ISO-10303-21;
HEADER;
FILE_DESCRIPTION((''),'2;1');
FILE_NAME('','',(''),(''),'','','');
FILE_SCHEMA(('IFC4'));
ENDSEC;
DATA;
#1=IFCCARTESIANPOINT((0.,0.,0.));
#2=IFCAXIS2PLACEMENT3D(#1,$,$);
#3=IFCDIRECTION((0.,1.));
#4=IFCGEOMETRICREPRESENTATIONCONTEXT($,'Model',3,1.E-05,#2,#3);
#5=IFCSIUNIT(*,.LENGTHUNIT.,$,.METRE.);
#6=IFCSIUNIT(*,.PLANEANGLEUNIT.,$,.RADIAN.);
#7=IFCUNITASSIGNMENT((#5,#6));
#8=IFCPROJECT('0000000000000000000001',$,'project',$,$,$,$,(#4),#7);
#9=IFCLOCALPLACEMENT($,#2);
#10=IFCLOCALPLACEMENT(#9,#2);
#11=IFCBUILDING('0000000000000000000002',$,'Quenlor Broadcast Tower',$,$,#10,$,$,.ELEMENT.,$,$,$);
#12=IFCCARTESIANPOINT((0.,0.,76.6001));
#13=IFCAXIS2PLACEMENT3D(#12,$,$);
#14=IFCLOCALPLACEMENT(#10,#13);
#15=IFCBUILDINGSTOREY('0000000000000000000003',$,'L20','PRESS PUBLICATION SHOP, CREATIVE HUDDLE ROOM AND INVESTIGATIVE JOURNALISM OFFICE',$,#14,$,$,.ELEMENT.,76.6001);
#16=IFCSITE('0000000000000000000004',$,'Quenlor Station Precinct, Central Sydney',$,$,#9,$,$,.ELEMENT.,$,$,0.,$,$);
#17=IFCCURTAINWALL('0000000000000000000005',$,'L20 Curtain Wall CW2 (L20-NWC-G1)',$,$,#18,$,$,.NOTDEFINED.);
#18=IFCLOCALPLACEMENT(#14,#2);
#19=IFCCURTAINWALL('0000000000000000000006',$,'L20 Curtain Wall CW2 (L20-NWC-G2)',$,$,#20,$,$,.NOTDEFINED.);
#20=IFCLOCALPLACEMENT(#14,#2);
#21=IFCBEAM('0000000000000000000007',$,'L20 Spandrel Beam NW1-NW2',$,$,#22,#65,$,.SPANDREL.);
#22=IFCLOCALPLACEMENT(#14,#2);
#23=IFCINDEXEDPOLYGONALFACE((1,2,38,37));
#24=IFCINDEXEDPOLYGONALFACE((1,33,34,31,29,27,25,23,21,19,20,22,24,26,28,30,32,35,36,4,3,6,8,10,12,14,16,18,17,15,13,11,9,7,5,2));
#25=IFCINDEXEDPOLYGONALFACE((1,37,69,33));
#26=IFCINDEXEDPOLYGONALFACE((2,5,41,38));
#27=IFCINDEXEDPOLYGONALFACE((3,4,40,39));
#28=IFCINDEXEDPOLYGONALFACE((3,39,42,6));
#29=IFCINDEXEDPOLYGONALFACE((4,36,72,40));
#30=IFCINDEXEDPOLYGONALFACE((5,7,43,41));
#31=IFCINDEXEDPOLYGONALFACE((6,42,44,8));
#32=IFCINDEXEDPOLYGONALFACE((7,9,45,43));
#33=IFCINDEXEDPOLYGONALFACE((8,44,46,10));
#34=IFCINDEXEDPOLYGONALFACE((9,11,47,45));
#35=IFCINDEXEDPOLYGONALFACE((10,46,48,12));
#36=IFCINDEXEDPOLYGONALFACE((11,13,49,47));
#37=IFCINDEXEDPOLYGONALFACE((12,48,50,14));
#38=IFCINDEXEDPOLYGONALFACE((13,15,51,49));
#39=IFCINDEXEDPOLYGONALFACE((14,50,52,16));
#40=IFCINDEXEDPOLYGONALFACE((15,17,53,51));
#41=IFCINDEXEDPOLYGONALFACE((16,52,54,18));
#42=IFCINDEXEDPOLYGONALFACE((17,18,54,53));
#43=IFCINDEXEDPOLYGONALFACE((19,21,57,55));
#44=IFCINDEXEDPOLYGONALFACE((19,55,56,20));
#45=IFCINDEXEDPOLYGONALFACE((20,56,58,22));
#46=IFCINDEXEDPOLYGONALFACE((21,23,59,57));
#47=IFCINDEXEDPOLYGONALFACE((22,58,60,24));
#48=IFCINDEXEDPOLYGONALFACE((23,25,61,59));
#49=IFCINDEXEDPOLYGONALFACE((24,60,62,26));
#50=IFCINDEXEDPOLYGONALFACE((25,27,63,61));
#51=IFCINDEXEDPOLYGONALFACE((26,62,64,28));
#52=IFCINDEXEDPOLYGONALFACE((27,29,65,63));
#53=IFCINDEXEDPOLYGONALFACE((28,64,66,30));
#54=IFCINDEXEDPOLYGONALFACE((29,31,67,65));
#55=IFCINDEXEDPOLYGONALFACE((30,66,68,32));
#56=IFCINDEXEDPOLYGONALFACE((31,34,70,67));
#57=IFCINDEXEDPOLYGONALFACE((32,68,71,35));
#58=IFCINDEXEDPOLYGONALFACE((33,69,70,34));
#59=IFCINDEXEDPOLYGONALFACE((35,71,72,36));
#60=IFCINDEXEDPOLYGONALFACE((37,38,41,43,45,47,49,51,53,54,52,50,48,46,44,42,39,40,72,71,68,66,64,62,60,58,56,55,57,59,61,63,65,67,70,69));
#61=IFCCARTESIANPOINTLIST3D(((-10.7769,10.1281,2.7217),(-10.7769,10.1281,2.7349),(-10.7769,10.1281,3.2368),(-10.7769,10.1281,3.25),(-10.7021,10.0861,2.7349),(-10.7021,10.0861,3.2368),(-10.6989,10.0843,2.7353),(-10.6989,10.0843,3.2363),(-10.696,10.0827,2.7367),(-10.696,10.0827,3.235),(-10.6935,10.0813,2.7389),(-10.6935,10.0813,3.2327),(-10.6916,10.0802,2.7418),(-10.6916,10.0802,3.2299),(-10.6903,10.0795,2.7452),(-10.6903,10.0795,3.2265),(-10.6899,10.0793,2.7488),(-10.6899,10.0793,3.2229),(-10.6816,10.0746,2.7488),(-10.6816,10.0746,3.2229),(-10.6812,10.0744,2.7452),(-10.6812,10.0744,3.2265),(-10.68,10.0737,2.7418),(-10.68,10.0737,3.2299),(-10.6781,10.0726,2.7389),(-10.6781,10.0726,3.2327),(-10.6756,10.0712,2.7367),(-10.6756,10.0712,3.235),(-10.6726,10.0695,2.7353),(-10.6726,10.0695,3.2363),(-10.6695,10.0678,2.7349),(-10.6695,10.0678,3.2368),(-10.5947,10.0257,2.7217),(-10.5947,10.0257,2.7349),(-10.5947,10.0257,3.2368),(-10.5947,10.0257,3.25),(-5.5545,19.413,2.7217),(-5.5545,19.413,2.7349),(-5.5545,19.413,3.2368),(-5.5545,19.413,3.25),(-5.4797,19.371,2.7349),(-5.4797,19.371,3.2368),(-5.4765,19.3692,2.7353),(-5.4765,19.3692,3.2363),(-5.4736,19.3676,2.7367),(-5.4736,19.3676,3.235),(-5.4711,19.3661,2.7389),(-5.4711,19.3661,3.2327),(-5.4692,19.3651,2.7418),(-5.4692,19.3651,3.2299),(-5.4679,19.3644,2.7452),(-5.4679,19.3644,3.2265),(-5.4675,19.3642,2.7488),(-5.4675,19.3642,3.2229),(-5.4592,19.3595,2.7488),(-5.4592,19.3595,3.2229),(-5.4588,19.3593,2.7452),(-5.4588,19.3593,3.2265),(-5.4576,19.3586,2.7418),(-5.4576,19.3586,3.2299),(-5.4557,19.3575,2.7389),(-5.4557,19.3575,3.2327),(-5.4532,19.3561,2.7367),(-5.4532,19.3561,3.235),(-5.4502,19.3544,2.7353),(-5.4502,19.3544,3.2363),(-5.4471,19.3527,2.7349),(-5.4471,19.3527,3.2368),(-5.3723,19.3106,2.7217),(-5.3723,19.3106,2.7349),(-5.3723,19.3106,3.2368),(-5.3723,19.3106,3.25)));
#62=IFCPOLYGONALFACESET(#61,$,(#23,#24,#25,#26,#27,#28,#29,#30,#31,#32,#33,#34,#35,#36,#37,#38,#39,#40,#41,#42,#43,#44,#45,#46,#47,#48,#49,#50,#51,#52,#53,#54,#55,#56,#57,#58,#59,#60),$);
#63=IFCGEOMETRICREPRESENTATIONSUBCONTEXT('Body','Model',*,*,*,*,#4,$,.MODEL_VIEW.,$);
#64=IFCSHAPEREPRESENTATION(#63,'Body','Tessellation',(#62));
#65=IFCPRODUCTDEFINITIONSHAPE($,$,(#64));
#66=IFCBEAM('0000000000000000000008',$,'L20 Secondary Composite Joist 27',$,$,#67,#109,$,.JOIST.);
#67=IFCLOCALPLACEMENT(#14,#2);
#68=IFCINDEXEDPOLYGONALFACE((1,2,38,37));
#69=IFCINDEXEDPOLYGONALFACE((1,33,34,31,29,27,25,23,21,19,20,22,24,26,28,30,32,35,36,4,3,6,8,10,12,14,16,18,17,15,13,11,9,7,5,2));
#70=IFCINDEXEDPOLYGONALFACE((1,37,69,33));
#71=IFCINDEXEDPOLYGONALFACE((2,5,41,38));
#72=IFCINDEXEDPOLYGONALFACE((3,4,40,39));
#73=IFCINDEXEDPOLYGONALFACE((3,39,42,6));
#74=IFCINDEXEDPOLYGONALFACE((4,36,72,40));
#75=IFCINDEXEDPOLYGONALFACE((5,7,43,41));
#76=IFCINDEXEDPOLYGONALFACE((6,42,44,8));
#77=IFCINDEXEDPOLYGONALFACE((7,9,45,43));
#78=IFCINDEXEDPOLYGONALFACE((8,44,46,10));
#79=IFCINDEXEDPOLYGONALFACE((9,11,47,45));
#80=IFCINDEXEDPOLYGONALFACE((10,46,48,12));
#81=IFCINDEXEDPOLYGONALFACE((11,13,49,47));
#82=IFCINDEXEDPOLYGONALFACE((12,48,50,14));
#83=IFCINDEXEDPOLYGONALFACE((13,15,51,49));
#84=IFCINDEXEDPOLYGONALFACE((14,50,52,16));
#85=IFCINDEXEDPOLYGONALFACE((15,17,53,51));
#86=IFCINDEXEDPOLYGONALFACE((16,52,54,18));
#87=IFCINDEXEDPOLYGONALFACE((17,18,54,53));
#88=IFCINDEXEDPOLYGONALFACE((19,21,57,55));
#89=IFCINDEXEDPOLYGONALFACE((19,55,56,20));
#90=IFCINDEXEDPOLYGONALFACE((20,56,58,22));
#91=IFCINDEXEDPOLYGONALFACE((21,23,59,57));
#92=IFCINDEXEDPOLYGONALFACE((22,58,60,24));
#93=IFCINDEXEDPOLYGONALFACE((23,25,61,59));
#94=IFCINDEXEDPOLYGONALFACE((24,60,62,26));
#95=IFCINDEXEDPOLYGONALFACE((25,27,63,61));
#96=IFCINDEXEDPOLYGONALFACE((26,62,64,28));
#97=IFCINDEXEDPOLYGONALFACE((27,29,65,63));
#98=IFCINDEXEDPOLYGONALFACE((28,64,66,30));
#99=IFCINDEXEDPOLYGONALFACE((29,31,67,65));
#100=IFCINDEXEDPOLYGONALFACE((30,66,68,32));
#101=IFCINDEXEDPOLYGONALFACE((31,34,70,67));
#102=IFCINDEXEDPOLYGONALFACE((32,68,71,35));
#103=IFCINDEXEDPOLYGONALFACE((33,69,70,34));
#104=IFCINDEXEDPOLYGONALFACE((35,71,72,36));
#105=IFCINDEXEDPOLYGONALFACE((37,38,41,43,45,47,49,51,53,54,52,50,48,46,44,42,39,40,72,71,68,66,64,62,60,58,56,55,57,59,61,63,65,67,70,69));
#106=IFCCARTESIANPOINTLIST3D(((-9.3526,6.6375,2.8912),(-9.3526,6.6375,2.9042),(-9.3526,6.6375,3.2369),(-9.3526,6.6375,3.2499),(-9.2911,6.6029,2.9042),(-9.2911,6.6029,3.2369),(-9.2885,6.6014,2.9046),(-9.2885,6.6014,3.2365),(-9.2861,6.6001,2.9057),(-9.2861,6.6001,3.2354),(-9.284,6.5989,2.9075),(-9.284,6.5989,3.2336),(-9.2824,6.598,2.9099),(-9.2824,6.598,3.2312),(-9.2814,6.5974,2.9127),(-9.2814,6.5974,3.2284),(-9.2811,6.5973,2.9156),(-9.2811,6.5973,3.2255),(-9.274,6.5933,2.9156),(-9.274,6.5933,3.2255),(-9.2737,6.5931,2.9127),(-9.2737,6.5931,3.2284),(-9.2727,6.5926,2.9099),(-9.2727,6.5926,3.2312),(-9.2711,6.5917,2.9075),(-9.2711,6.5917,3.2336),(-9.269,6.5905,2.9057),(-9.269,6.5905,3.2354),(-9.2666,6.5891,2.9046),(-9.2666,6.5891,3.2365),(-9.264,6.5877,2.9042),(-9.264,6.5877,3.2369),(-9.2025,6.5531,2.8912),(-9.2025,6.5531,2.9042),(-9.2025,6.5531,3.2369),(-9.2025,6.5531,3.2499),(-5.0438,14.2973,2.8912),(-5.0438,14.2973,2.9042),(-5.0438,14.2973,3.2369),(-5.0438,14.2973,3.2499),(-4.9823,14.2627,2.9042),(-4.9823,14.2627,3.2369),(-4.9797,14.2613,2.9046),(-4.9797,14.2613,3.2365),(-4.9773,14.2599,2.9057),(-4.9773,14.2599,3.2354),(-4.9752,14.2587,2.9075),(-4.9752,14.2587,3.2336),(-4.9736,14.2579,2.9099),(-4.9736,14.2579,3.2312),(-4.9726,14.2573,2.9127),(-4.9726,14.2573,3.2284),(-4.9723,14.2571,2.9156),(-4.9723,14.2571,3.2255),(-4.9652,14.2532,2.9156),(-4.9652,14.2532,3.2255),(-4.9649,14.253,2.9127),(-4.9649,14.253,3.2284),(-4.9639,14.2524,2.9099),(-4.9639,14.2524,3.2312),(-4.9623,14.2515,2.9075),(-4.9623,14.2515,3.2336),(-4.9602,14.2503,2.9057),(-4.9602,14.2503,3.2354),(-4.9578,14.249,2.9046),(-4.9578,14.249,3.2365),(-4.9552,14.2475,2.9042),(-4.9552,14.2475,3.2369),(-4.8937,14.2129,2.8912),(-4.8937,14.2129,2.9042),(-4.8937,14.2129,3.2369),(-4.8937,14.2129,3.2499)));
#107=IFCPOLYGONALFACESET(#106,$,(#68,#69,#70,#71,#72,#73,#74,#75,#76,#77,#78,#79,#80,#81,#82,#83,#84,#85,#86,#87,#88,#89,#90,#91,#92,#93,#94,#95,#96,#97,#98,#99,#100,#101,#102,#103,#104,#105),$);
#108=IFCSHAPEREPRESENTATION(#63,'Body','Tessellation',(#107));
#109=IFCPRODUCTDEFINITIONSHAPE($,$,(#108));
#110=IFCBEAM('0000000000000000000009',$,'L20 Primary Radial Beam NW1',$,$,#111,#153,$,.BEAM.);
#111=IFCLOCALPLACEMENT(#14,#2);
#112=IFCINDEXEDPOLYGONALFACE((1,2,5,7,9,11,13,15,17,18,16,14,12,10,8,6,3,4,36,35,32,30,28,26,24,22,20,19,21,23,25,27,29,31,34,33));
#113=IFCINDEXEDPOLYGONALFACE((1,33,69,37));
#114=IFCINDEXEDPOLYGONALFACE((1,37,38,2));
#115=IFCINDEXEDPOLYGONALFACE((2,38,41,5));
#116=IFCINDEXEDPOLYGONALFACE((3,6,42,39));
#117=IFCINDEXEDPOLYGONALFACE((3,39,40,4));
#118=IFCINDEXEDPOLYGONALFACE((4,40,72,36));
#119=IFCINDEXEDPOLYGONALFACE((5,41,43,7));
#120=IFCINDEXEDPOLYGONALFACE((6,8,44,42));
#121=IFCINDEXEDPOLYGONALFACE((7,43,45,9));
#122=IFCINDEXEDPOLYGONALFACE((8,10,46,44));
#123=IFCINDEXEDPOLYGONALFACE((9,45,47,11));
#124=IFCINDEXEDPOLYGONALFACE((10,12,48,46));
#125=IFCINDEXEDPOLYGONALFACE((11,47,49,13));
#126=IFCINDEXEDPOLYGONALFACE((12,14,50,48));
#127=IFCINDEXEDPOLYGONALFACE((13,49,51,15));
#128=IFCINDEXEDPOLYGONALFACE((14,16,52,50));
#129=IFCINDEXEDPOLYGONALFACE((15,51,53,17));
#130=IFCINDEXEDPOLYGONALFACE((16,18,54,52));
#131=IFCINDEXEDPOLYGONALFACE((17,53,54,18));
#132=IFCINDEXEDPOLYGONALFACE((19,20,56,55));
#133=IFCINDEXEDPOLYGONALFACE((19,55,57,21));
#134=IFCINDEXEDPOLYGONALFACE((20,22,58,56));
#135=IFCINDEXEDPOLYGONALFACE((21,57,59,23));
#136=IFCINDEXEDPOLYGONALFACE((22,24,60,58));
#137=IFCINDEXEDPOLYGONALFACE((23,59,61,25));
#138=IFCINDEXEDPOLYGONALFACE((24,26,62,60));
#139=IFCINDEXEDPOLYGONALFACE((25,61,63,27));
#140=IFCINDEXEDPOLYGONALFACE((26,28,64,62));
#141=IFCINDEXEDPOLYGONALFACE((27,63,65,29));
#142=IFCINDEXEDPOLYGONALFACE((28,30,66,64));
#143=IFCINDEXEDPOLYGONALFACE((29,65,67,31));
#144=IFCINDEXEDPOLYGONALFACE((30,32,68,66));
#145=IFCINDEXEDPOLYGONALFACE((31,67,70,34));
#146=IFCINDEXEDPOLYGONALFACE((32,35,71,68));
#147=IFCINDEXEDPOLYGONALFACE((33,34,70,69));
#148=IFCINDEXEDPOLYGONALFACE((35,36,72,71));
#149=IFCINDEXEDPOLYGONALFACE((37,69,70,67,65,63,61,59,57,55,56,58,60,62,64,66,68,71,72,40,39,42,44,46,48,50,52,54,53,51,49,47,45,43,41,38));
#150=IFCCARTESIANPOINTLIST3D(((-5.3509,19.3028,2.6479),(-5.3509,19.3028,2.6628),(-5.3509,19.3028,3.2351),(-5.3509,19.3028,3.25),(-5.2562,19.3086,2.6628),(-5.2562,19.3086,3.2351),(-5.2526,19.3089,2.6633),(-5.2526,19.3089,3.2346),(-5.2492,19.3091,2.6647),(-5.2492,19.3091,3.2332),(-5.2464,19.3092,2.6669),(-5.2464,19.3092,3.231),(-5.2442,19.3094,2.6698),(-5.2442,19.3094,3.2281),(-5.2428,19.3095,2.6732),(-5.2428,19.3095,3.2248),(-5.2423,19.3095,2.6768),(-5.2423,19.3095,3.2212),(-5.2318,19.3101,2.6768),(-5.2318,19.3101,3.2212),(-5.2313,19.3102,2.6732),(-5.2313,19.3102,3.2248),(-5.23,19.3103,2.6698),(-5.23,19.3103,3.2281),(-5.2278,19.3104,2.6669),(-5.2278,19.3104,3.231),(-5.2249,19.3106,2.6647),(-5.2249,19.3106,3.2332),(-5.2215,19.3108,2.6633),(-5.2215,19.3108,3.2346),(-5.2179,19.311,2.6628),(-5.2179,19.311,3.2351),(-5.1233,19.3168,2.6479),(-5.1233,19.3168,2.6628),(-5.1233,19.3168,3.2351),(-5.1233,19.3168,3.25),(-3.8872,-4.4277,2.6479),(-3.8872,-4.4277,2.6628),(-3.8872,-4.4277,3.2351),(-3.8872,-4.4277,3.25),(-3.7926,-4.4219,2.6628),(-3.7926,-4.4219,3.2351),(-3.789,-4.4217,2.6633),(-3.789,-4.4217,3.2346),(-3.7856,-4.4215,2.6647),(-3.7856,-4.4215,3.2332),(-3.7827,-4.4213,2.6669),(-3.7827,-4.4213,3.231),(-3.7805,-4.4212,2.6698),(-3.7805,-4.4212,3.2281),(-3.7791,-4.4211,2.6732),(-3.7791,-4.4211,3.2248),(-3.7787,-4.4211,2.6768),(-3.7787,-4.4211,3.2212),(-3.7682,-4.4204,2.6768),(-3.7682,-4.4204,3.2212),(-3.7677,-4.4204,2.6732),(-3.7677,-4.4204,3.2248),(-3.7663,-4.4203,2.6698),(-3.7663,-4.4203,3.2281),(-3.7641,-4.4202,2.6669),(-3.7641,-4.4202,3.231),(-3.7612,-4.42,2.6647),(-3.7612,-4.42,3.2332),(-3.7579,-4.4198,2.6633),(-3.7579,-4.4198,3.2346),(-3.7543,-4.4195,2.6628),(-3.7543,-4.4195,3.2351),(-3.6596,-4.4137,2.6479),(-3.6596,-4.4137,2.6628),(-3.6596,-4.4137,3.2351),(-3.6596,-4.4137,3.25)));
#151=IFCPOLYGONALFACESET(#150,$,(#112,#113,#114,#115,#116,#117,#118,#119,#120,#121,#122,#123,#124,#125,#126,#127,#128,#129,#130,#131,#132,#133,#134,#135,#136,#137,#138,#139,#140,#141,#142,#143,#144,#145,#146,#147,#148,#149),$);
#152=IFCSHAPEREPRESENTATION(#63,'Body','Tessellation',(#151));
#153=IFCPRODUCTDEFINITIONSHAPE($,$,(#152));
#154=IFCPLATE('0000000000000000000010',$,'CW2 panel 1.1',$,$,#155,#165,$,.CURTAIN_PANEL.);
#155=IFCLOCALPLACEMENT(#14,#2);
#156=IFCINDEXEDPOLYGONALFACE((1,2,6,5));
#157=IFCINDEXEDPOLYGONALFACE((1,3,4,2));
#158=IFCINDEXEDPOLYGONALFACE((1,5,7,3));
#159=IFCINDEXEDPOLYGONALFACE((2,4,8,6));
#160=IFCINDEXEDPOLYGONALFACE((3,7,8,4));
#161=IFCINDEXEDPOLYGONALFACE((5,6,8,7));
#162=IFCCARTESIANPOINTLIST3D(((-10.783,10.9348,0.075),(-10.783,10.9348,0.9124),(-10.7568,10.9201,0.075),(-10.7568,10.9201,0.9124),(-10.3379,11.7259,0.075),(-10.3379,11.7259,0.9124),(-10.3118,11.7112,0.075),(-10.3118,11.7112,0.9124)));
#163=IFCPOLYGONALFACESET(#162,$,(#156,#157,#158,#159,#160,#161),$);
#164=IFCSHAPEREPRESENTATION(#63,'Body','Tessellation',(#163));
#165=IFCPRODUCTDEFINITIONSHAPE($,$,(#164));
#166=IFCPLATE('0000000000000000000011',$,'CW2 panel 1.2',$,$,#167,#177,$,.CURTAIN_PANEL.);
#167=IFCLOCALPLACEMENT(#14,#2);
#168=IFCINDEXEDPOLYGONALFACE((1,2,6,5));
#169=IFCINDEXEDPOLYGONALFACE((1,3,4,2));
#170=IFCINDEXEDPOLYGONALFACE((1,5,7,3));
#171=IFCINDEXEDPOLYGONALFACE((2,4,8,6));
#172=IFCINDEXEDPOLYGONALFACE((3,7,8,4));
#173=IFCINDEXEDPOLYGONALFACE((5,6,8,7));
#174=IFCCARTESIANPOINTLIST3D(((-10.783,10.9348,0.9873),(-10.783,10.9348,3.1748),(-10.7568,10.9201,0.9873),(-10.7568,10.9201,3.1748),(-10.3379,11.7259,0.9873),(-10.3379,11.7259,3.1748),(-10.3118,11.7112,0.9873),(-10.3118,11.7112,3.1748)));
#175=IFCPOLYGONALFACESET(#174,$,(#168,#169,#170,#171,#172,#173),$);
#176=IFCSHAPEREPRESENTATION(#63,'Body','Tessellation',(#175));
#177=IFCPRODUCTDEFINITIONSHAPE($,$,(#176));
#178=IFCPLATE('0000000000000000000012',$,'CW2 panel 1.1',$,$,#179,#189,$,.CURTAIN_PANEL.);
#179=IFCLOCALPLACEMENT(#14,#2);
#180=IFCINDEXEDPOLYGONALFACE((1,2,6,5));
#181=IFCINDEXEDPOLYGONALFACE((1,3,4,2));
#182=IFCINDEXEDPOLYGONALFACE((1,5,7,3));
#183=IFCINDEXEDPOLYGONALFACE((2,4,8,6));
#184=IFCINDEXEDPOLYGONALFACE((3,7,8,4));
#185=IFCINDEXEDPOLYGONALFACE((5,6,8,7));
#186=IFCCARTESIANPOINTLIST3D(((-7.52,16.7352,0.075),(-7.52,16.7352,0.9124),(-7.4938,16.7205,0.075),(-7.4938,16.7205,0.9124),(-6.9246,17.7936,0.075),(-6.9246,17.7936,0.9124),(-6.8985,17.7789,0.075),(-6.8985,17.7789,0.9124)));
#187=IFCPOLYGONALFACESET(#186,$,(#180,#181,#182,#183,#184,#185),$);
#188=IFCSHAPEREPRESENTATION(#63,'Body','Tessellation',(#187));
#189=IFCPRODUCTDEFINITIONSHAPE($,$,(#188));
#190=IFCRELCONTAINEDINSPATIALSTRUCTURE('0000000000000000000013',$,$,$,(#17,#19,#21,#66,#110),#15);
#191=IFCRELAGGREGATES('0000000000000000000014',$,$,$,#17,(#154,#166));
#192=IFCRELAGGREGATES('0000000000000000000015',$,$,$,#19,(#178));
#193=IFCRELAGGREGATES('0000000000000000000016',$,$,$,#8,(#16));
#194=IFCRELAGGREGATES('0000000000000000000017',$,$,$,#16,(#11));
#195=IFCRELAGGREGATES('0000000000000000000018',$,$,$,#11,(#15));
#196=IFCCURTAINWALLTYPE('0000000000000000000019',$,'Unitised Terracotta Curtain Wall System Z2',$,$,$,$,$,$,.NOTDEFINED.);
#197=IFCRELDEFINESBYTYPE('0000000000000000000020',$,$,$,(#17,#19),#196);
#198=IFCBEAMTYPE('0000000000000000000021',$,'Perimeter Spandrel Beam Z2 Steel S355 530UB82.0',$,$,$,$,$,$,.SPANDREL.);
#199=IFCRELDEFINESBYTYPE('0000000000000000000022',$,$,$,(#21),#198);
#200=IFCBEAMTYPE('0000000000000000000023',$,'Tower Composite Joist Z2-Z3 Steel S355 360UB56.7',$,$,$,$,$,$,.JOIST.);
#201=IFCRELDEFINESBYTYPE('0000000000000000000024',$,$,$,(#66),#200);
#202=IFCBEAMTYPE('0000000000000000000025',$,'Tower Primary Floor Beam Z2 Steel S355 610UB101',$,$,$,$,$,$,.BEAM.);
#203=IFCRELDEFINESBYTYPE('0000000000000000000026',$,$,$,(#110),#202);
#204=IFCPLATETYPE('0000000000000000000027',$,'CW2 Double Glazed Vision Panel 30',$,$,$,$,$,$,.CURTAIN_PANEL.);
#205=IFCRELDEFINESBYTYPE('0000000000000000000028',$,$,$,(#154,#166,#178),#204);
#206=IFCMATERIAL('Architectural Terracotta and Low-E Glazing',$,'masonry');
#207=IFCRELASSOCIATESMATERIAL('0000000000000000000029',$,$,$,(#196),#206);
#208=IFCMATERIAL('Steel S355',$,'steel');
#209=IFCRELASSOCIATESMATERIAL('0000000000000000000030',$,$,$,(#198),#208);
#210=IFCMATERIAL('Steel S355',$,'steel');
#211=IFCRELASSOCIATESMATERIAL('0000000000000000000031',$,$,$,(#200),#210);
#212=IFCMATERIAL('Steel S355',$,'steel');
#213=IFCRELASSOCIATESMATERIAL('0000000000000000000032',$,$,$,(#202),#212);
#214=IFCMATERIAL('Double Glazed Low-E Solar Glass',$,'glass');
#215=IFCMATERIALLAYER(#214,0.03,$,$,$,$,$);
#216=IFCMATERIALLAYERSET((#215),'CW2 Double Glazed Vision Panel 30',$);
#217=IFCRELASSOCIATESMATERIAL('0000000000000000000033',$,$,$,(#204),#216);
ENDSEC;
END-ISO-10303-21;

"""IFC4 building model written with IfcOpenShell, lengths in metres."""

from ifc_helpers import new_model, si_unit, direction, frame, origin, origin_2d, place, context, subcontext, project, spatial, rectangle, i_section, extrude, material, layer, layer_set, material_profile, profile_set, type_object, element, aggregate, save


model = new_model("IFC4")

# Units and contexts
model_context = context("Model", 3, precision=1e-05, world=origin(), true_north=direction((0.0, 1.0)))
body_context = subcontext(model_context, "Body", "Model", "MODEL_VIEW")
ifc_project = project(units=[si_unit("LENGTHUNIT", "METRE"), si_unit("PLANEANGLEUNIT", "RADIAN")], contexts=[model_context])

# Site, building, storey
site_placement = place(None, origin())
site = spatial("IfcSite", under=ifc_project, at=site_placement, Name="Quenlor Station Precinct, Central Sydney", CompositionType="ELEMENT", RefElevation=0.0)
building_placement = place(site_placement, origin())
building = spatial("IfcBuilding", under=site, at=building_placement, Name="Quenlor Broadcast Tower", CompositionType="ELEMENT")
storey_placement = place(building_placement, frame((0.0, 0.0, 76.6001)))
storey = spatial("IfcBuildingStorey", under=building, at=storey_placement, Name="L20", Description="PRESS PUBLICATION SHOP, CREATIVE HUDDLE ROOM AND INVESTIGATIVE JOURNALISM OFFICE", CompositionType="ELEMENT", Elevation=76.6001)

# Curtain wall
ifc_material_1 = material(Name="Architectural Terracotta and Low-E Glazing", Category="masonry")
curtain_wall_type = type_object("IfcCurtainWallType", Name="Unitised Terracotta Curtain Wall System Z2", PredefinedType="NOTDEFINED", material=ifc_material_1)
curtain_wall_1_placement = place(storey_placement, origin())
curtain_wall_1 = element("IfcCurtainWall", 1, at=curtain_wall_1_placement, inside=storey, type_object=curtain_wall_type, Name="L20 Curtain Wall CW2 (L20-NWC-G1)", PredefinedType="NOTDEFINED")

# Curtain wall
curtain_wall_2_placement = place(storey_placement, origin())
curtain_wall_2 = element("IfcCurtainWall", 2, at=curtain_wall_2_placement, inside=storey, type_object=curtain_wall_type, Name="L20 Curtain Wall CW2 (L20-NWC-G2)", PredefinedType="NOTDEFINED")

# Beams
ifc_material_2 = material(Name="Steel S355", Category="steel")
ifc_material_profile_1 = material_profile(ifc_material_2, i_section(OverallWidth=0.209, OverallDepth=0.5283, WebThickness=0.0095, FlangeThickness=0.0132, FilletRadius=0.0139, at=origin_2d()))
ifc_profile_set_1 = profile_set([ifc_material_profile_1], Name="Steel S355 530UB82.0")
beam_type_1 = type_object("IfcBeamType", Name="Perimeter Spandrel Beam Z2 Steel S355 530UB82.0", PredefinedType="SPANDREL", material=ifc_profile_set_1)
beam_1_placement = place(storey_placement, frame((-5.4634, 19.3618, 2.9858), z_axis=(-0.490236, -0.87159, 0.0), x_axis=(0.87159, -0.490236, 0.0)))
element("IfcBeam", 3, at=beam_1_placement, inside=storey, type_object=beam_type_1, Name="L20 Spandrel Beam NW1-NW2", PredefinedType="SPANDREL", context=body_context, shape_type="SweptSolid", body=[
    extrude(i_section(OverallWidth=0.209, OverallDepth=0.5283, WebThickness=0.0095, FlangeThickness=0.0132, FilletRadius=0.0139, at=origin_2d()), origin(), (0.0, 0.0, 1.0), 10.6528),
])
ifc_material_3 = material(Name="Steel S355", Category="steel")
ifc_material_profile_2 = material_profile(ifc_material_3, i_section(OverallWidth=0.1721, OverallDepth=0.3586, WebThickness=0.0081, FlangeThickness=0.0129, FilletRadius=0.0115, at=origin_2d()))
ifc_profile_set_2 = profile_set([ifc_material_profile_2], Name="Steel S355 360UB56.7")
beam_type_2 = type_object("IfcBeamType", Name="Tower Composite Joist Z2-Z3 Steel S355 360UB56.7", PredefinedType="JOIST", material=ifc_profile_set_2)
beam_2_placement = place(storey_placement, frame((-4.9688, 14.2551, 3.0706), z_axis=(-0.490273, -0.871569, 0.0), x_axis=(0.871569, -0.490273, 0.0)))
element("IfcBeam", 4, at=beam_2_placement, inside=storey, type_object=beam_type_2, Name="L20 Secondary Composite Joist 27", PredefinedType="JOIST", context=body_context, shape_type="SweptSolid", body=[
    extrude(i_section(OverallWidth=0.1721, OverallDepth=0.3586, WebThickness=0.0081, FlangeThickness=0.0129, FilletRadius=0.0115, at=origin_2d()), origin(), (0.0, 0.0, 1.0), 8.7886),
])
ifc_material_4 = material(Name="Steel S355", Category="steel")
ifc_material_profile_3 = material_profile(ifc_material_4, i_section(OverallWidth=0.228, OverallDepth=0.6021, WebThickness=0.0105, FlangeThickness=0.0149, FilletRadius=0.0139, at=origin_2d()))
ifc_profile_set_3 = profile_set([ifc_material_profile_3], Name="Steel S355 610UB101")
beam_type_3 = type_object("IfcBeamType", Name="Tower Primary Floor Beam Z2 Steel S355 610UB101", PredefinedType="BEAM", material=ifc_profile_set_3)
beam_3_placement = place(storey_placement, frame((-5.2371, 19.3098, 2.949), z_axis=(0.06156, -0.998103, 0.0), x_axis=(0.998103, 0.06156, 0.0)))
element("IfcBeam", 5, at=beam_3_placement, inside=storey, type_object=beam_type_3, Name="L20 Primary Radial Beam NW1", PredefinedType="BEAM", context=body_context, shape_type="SweptSolid", body=[
    extrude(i_section(OverallWidth=0.228, OverallDepth=0.6021, WebThickness=0.0105, FlangeThickness=0.0149, FilletRadius=0.0139, at=origin_2d()), origin(), (0.0, 0.0, 1.0), 23.7756),
])

# Plates
ifc_material_5 = material(Name="Double Glazed Low-E Solar Glass", Category="glass")
ifc_layer_1 = layer(ifc_material_5, 0.03)
ifc_layer_set_1 = layer_set([ifc_layer_1], Name="CW2 Double Glazed Vision Panel 30")
plate_type_1 = type_object("IfcPlateType", Name="CW2 Double Glazed Vision Panel 30", PredefinedType="CURTAIN_PANEL", material=ifc_layer_set_1)
plate_1_placement = place(storey_placement, frame((-10.5474, 11.323, 0.075), z_axis=(0.0, 0.0, 1.0), x_axis=(0.490252, 0.871581, 0.0)))
plate_1 = element("IfcPlate", 6, at=plate_1_placement, type_object=plate_type_1, Name="CW2 panel 1.1", PredefinedType="CURTAIN_PANEL", context=body_context, shape_type="SweptSolid", body=[
    extrude(rectangle(XDim=0.9077, YDim=0.03, at=origin_2d()), origin(), (0.0, 0.0, 1.0), 0.8374),
])
plate_2_placement = place(storey_placement, frame((-10.5474, 11.323, 0.9873), z_axis=(0.0, 0.0, 1.0), x_axis=(0.490252, 0.871581, 0.0)))
plate_2 = element("IfcPlate", 7, at=plate_2_placement, type_object=plate_type_1, Name="CW2 panel 1.2", PredefinedType="CURTAIN_PANEL", context=body_context, shape_type="SweptSolid", body=[
    extrude(rectangle(XDim=0.9077, YDim=0.03, at=origin_2d()), origin(), (0.0, 0.0, 1.0), 2.1875),
])
aggregate(curtain_wall_1, [plate_1, plate_2])
plate_3_placement = place(storey_placement, frame((-7.2092, 17.2571, 0.075), z_axis=(0.0, 0.0, 1.0), x_axis=(0.490247, 0.871583, 0.0)))
plate_3 = element("IfcPlate", 8, at=plate_3_placement, type_object=plate_type_1, Name="CW2 panel 1.1", PredefinedType="CURTAIN_PANEL", context=body_context, shape_type="SweptSolid", body=[
    extrude(rectangle(XDim=1.2144, YDim=0.03, at=origin_2d()), origin(), (0.0, 0.0, 1.0), 0.8374),
])
aggregate(curtain_wall_2, [plate_3])

save(model, "model.ifc")
